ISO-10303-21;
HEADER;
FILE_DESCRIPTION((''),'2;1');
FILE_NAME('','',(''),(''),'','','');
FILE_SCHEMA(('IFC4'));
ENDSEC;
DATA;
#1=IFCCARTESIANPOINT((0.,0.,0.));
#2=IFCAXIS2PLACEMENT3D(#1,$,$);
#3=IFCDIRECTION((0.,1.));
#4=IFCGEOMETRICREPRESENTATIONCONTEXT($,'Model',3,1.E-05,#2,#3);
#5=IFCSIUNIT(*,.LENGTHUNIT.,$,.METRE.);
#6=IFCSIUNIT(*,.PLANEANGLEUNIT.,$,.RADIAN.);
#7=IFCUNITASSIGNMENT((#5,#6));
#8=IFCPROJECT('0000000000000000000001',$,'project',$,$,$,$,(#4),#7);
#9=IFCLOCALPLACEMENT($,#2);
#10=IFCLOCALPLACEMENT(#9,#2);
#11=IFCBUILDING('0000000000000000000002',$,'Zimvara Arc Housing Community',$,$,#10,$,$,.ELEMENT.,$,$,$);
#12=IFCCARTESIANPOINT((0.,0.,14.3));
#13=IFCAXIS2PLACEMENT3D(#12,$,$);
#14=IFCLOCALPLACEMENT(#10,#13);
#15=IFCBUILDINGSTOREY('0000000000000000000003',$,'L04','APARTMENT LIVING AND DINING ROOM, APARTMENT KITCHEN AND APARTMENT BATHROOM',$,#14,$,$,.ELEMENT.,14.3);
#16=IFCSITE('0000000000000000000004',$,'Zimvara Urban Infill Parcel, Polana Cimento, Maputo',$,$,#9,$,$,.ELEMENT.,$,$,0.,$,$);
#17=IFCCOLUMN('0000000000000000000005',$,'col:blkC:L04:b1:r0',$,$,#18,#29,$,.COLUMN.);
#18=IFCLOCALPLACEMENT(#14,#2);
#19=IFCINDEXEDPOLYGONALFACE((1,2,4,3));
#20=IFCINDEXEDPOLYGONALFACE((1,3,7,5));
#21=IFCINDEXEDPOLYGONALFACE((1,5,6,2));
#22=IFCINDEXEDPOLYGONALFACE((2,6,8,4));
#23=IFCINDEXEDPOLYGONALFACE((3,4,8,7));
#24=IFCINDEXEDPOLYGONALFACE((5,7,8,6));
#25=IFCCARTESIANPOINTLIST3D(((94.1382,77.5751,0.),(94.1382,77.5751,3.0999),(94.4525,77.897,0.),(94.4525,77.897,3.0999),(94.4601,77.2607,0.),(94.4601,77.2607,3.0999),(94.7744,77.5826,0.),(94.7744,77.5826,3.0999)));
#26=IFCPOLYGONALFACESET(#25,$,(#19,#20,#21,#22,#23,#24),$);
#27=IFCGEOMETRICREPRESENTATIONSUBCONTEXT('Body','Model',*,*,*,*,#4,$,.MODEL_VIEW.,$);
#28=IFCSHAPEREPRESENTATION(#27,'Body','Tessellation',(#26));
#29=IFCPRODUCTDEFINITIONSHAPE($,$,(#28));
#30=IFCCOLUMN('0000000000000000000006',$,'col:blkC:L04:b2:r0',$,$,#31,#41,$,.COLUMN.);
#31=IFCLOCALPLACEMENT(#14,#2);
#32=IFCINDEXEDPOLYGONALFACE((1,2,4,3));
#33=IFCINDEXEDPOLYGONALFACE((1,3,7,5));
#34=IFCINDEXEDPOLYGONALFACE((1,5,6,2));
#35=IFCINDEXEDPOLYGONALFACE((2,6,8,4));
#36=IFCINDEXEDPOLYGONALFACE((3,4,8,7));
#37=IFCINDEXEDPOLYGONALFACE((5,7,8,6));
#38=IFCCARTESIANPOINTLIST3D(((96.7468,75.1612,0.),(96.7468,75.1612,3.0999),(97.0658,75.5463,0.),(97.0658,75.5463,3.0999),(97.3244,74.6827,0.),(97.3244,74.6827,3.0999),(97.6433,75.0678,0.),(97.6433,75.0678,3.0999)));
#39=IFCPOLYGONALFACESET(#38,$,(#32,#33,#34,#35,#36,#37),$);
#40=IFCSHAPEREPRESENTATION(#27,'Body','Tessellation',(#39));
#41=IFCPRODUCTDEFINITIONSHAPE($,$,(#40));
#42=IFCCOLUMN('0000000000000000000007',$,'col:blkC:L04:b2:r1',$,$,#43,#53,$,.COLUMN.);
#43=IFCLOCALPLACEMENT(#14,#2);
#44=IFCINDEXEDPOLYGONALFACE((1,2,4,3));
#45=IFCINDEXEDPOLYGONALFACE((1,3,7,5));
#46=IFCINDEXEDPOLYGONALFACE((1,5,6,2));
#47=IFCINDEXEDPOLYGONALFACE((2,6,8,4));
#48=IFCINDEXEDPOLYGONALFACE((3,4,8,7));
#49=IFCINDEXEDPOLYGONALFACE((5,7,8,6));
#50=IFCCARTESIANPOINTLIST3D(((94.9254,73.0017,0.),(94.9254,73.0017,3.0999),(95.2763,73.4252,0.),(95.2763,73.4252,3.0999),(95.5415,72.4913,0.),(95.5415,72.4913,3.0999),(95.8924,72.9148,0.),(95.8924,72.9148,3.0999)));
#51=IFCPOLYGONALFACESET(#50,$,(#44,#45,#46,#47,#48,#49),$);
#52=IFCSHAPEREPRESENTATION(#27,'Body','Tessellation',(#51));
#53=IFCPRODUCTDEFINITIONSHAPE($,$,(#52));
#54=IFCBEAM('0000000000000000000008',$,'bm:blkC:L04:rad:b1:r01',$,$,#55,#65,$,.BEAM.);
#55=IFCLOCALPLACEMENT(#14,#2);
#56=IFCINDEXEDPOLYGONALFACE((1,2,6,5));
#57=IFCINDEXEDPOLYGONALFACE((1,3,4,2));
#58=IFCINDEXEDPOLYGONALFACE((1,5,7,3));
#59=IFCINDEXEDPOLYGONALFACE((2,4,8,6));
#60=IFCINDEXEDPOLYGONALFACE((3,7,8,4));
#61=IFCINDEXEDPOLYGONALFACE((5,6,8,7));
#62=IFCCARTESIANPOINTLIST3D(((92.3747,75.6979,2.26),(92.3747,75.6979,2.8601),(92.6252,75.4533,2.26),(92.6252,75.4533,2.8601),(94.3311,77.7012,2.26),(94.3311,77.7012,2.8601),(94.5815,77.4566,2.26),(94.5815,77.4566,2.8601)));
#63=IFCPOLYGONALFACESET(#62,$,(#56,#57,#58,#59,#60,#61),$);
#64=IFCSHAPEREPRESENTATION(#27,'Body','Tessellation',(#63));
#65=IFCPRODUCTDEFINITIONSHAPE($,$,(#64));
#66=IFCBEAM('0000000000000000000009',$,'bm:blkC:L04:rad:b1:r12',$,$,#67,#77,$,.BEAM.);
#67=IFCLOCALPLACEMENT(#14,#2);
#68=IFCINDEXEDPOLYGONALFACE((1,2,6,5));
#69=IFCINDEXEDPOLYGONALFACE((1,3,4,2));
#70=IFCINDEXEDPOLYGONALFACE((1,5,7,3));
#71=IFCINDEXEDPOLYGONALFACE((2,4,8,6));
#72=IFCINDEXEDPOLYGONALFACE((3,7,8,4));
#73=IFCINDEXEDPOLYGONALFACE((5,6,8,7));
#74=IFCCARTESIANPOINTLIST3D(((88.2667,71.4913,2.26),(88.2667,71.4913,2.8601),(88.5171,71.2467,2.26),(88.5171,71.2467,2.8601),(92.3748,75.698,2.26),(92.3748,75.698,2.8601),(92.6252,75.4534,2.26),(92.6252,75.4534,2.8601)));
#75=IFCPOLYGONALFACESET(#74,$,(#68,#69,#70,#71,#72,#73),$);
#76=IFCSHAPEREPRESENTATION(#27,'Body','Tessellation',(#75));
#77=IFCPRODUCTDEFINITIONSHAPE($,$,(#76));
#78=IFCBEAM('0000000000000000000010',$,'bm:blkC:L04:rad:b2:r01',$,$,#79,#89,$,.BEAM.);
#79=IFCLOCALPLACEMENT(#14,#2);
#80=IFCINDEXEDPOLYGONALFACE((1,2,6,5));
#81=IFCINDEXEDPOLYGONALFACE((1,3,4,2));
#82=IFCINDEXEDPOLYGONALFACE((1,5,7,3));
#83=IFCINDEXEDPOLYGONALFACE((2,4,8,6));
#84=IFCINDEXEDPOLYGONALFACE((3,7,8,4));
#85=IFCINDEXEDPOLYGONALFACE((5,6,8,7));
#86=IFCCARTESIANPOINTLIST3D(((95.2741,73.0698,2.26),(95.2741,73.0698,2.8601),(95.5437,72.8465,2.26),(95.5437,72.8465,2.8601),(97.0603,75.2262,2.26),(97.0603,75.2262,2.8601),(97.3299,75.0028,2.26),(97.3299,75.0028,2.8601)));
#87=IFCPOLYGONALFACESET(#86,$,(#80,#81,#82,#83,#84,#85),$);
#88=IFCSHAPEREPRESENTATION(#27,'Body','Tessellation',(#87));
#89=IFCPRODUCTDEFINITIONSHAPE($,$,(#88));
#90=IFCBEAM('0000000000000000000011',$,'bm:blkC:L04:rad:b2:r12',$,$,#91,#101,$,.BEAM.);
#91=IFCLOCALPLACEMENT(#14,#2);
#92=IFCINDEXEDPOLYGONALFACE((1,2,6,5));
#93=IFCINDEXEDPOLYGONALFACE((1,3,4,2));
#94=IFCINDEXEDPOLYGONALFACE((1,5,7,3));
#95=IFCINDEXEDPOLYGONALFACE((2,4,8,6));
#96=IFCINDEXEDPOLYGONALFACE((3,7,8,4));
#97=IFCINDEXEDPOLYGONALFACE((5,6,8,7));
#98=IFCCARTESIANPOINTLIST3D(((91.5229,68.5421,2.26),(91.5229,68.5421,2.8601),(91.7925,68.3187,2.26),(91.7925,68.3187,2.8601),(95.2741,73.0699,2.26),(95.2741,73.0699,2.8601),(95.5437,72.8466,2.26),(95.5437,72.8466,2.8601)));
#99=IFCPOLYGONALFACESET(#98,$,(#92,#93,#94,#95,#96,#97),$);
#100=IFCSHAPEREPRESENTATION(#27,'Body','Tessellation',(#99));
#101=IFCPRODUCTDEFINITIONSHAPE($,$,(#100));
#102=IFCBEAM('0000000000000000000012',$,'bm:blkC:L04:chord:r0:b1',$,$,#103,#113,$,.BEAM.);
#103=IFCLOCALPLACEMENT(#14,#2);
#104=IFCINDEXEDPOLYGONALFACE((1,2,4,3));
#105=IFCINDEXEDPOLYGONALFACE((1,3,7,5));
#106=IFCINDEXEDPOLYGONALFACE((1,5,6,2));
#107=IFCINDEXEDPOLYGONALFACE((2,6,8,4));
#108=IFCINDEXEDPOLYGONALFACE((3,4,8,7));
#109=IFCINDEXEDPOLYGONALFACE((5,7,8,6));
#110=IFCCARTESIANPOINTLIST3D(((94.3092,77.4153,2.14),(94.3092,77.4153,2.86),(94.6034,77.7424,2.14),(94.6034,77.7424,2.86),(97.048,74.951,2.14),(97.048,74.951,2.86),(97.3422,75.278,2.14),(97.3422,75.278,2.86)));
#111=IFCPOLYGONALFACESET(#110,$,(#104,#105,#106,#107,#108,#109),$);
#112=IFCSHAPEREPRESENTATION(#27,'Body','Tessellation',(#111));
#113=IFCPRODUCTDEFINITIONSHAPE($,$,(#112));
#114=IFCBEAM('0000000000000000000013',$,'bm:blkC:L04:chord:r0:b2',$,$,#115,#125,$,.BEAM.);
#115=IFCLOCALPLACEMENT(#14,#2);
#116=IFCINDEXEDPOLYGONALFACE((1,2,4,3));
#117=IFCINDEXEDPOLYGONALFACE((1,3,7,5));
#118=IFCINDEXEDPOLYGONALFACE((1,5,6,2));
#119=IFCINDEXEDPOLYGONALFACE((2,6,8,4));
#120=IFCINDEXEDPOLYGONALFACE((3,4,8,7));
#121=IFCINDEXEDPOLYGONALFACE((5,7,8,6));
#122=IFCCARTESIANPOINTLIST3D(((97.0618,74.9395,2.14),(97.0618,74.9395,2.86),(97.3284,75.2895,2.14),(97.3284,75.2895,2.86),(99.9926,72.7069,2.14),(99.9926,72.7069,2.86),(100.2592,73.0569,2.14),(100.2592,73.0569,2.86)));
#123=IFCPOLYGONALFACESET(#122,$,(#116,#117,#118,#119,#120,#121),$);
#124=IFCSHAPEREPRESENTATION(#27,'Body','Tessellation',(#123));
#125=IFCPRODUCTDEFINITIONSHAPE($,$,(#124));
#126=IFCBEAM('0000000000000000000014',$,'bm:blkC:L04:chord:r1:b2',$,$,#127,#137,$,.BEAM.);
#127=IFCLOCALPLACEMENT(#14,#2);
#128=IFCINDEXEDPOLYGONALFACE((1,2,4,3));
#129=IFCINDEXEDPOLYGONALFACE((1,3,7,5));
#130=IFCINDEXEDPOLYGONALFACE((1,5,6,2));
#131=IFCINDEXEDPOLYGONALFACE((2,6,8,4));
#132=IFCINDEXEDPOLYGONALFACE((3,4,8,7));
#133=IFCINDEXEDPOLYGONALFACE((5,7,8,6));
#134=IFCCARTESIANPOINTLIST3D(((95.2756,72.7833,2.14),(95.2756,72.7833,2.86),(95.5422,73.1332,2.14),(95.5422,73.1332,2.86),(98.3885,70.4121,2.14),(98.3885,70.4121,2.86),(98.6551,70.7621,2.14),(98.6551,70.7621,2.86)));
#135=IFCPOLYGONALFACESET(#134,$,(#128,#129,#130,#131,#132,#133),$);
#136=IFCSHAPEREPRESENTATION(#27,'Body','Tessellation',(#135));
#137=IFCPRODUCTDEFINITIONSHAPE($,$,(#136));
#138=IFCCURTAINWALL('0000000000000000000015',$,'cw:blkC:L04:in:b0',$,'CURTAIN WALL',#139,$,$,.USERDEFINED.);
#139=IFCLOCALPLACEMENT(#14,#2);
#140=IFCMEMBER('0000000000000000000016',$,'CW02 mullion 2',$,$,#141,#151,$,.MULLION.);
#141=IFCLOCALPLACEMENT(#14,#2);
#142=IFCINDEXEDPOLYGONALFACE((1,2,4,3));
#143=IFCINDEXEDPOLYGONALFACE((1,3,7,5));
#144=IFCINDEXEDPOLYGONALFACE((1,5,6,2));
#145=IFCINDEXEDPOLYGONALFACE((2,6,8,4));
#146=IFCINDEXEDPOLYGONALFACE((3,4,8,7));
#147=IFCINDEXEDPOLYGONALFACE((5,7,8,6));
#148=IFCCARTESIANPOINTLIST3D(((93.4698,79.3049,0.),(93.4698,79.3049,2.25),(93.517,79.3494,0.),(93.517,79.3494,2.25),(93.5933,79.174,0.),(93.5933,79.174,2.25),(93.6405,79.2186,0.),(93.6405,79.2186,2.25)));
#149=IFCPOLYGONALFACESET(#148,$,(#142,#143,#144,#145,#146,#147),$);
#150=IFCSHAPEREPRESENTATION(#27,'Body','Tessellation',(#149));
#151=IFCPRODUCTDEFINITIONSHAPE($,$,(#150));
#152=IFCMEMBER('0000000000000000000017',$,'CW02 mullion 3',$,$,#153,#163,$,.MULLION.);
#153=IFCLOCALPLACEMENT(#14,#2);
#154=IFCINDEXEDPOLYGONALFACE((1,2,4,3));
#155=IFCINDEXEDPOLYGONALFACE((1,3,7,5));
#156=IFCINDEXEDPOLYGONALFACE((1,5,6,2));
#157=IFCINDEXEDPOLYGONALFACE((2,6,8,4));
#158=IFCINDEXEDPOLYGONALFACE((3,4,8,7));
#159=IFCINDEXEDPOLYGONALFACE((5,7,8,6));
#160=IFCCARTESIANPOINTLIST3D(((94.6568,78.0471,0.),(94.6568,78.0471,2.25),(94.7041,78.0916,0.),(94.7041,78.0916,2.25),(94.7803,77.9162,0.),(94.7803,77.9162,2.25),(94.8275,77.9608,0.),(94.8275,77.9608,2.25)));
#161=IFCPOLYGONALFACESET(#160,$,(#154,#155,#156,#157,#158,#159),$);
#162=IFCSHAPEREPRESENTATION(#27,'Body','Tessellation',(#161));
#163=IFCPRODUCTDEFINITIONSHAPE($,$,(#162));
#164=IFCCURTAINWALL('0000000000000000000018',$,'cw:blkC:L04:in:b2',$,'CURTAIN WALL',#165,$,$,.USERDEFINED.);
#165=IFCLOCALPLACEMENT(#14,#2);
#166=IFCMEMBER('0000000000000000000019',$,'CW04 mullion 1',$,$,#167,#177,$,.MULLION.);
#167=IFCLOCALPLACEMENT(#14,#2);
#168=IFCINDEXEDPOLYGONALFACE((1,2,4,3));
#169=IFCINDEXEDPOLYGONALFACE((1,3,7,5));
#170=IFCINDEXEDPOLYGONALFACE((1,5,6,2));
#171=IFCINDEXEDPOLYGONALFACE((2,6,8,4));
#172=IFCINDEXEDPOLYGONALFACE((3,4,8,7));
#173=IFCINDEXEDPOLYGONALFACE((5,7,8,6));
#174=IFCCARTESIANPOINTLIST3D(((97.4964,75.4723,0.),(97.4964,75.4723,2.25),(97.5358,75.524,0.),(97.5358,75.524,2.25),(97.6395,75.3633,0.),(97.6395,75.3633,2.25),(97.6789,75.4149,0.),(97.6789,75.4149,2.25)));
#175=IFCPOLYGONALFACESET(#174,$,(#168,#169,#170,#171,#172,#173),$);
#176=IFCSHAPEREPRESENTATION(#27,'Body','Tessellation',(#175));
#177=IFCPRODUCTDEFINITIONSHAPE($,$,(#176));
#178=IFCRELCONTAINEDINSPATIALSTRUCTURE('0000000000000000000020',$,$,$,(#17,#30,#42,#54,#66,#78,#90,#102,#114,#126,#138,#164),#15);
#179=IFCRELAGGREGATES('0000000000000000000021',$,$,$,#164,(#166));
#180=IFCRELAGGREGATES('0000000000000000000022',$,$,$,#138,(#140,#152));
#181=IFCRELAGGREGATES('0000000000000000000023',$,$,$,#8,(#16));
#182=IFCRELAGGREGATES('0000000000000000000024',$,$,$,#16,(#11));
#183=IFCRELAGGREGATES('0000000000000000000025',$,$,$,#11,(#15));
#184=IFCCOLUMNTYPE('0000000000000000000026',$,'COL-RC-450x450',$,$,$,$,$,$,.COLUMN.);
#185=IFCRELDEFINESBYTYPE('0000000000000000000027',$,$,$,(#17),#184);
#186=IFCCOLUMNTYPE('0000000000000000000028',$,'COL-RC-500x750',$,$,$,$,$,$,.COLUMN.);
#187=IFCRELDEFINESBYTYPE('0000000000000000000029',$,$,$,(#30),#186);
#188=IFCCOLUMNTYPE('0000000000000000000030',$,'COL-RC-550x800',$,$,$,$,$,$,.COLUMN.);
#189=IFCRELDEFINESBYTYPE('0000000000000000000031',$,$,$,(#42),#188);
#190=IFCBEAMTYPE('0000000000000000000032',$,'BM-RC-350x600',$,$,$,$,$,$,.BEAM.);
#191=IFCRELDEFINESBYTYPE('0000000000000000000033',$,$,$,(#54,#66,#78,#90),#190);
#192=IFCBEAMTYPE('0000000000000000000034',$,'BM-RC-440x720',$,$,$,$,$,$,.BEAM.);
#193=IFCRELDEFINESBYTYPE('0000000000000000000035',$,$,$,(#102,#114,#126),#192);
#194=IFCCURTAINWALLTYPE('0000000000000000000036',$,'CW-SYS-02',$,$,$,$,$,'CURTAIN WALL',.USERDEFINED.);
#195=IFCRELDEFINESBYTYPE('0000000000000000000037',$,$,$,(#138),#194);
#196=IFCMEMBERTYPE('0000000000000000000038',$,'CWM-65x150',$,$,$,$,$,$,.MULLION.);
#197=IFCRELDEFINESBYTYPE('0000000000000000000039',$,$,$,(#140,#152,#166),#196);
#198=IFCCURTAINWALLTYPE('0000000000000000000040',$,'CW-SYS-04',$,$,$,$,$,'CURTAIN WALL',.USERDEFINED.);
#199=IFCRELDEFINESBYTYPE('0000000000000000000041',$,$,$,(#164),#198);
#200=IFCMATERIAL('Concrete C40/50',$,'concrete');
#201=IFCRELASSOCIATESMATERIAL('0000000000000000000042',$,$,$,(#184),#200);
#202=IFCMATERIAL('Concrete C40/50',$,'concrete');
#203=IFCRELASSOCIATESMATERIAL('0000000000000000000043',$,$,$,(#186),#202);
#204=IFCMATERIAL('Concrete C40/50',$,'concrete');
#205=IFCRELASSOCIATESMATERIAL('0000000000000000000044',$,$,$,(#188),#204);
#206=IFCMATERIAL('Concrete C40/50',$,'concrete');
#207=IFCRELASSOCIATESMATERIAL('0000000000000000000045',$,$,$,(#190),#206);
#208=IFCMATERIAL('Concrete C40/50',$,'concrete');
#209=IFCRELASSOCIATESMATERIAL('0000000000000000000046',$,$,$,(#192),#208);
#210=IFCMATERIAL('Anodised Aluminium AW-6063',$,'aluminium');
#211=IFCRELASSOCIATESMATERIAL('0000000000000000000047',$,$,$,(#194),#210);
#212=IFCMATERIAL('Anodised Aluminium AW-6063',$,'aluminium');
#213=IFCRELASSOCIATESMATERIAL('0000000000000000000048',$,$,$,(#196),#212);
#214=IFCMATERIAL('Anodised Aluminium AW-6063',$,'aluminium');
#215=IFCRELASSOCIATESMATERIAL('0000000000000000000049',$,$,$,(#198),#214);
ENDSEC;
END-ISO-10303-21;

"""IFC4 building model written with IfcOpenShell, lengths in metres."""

from ifc_helpers import new_model, si_unit, direction, frame, origin, origin_2d, place, context, subcontext, project, spatial, rectangle, extrude, material, material_profile, profile_set, type_object, element, aggregate, save


model = new_model("IFC4")

# Units and contexts
model_context = context("Model", 3, precision=1e-05, world=origin(), true_north=direction((0.0, 1.0)))
body_context = subcontext(model_context, "Body", "Model", "MODEL_VIEW")
ifc_project = project(units=[si_unit("LENGTHUNIT", "METRE"), si_unit("PLANEANGLEUNIT", "RADIAN")], contexts=[model_context])

# Site, building, storey
site_placement = place(None, origin())
site = spatial("IfcSite", under=ifc_project, at=site_placement, Name="Zimvara Urban Infill Parcel, Polana Cimento, Maputo", CompositionType="ELEMENT", RefElevation=0.0)
building_placement = place(site_placement, origin())
building = spatial("IfcBuilding", under=site, at=building_placement, Name="Zimvara Arc Housing Community", CompositionType="ELEMENT")
storey_placement = place(building_placement, frame((0.0, 0.0, 14.3)))
storey = spatial("IfcBuildingStorey", under=building, at=storey_placement, Name="L04", Description="APARTMENT LIVING AND DINING ROOM, APARTMENT KITCHEN AND APARTMENT BATHROOM", CompositionType="ELEMENT", Elevation=14.3)

# Columns
ifc_material_1 = material(Name="Concrete C40/50", Category="concrete")
ifc_material_profile_1 = material_profile(ifc_material_1, rectangle(XDim=0.45, YDim=0.45, at=origin_2d()), Name="RC 450x450")
ifc_profile_set_1 = profile_set([ifc_material_profile_1], Name="Concrete C40/50")
column_type_1 = type_object("IfcColumnType", Name="COL-RC-450x450", PredefinedType="COLUMN", material=ifc_profile_set_1)
column_1_placement = place(storey_placement, frame((94.4563, 77.5789, 0.0), z_axis=(0.0, 0.0, 1.0), x_axis=(-0.698665, -0.715449, 0.0)))
element("IfcColumn", 1, at=column_1_placement, inside=storey, type_object=column_type_1, Name="col:blkC:L04:b1:r0", PredefinedType="COLUMN", context=body_context, shape_type="SweptSolid", body=[
    extrude(rectangle(XDim=0.45, YDim=0.45, at=origin_2d()), origin(), (0.0, 0.0, 1.0), 3.0999),
])
ifc_material_2 = material(Name="Concrete C40/50", Category="concrete")
ifc_material_profile_2 = material_profile(ifc_material_2, rectangle(XDim=0.5, YDim=0.75, at=origin_2d()), Name="RC 500x750")
ifc_profile_set_2 = profile_set([ifc_material_profile_2], Name="Concrete C40/50")
column_type_2 = type_object("IfcColumnType", Name="COL-RC-500x750", PredefinedType="COLUMN", material=ifc_profile_set_2)
column_2_placement = place(storey_placement, frame((97.1951, 75.1145, 0.0), z_axis=(0.0, 0.0, 1.0), x_axis=(-0.637962, -0.770068, 0.0)))
element("IfcColumn", 2, at=column_2_placement, inside=storey, type_object=column_type_2, Name="col:blkC:L04:b2:r0", PredefinedType="COLUMN", context=body_context, shape_type="SweptSolid", body=[
    extrude(rectangle(XDim=0.5, YDim=0.75, at=origin_2d()), origin(), (0.0, 0.0, 1.0), 3.0999),
])
ifc_material_3 = material(Name="Concrete C40/50", Category="concrete")
ifc_material_profile_3 = material_profile(ifc_material_3, rectangle(XDim=0.55, YDim=0.8, at=origin_2d()), Name="RC 550x800")
ifc_profile_set_3 = profile_set([ifc_material_profile_3], Name="Concrete C40/50")
column_type_3 = type_object("IfcColumnType", Name="COL-RC-550x800", PredefinedType="COLUMN", material=ifc_profile_set_3)
column_3_placement = place(storey_placement, frame((95.4089, 72.9583, 0.0), z_axis=(0.0, 0.0, 1.0), x_axis=(-0.637962, -0.770068, 0.0)))
element("IfcColumn", 3, at=column_3_placement, inside=storey, type_object=column_type_3, Name="col:blkC:L04:b2:r1", PredefinedType="COLUMN", context=body_context, shape_type="SweptSolid", body=[
    extrude(rectangle(XDim=0.55, YDim=0.8, at=origin_2d()), origin(), (0.0, 0.0, 1.0), 3.0999),
])

# Beams
ifc_material_4 = material(Name="Concrete C40/50", Category="concrete")
ifc_material_profile_4 = material_profile(ifc_material_4, rectangle(XDim=0.3501, YDim=0.6001, at=origin_2d()), Name="RC 350x600")
ifc_profile_set_4 = profile_set([ifc_material_profile_4], Name="Concrete C40/50")
beam_type_1 = type_object("IfcBeamType", Name="BM-RC-350x600", PredefinedType="BEAM", material=ifc_profile_set_4)
beam_1_placement = place(storey_placement, frame((94.4563, 77.5789, 2.5601), z_axis=(-0.698687, -0.715428, 0.0), x_axis=(0.715428, -0.698687, 0.0)))
element("IfcBeam", 4, at=beam_1_placement, inside=storey, type_object=beam_type_1, Name="bm:blkC:L04:rad:b1:r01", PredefinedType="BEAM", context=body_context, shape_type="SweptSolid", body=[
    extrude(rectangle(XDim=0.3501, YDim=0.6001, at=origin_2d()), origin(), (0.0, 0.0, 1.0), 2.8),
])
beam_2_placement = place(storey_placement, frame((92.5, 75.5757, 2.5601), z_axis=(-0.69867, -0.715444, 0.0), x_axis=(0.715444, -0.69867, 0.0)))
element("IfcBeam", 5, at=beam_2_placement, inside=storey, type_object=beam_type_1, Name="bm:blkC:L04:rad:b1:r12", PredefinedType="BEAM", context=body_context, shape_type="SweptSolid", body=[
    extrude(rectangle(XDim=0.3501, YDim=0.6001, at=origin_2d()), origin(), (0.0, 0.0, 1.0), 5.8799),
])
beam_3_placement = place(storey_placement, frame((97.1951, 75.1145, 2.5601), z_axis=(-0.637917, -0.770105, 0.0), x_axis=(0.770105, -0.637917, 0.0)))
element("IfcBeam", 6, at=beam_3_placement, inside=storey, type_object=beam_type_1, Name="bm:blkC:L04:rad:b2:r01", PredefinedType="BEAM", context=body_context, shape_type="SweptSolid", body=[
    extrude(rectangle(XDim=0.3501, YDim=0.6001, at=origin_2d()), origin(), (0.0, 0.0, 1.0), 2.8),
])
beam_4_placement = place(storey_placement, frame((95.4089, 72.9583, 2.5601), z_axis=(-0.637976, -0.770056, 0.0), x_axis=(0.770056, -0.637976, 0.0)))
element("IfcBeam", 7, at=beam_4_placement, inside=storey, type_object=beam_type_1, Name="bm:blkC:L04:rad:b2:r12", PredefinedType="BEAM", context=body_context, shape_type="SweptSolid", body=[
    extrude(rectangle(XDim=0.3501, YDim=0.6001, at=origin_2d()), origin(), (0.0, 0.0, 1.0), 5.8799),
])
ifc_material_5 = material(Name="Concrete C40/50", Category="concrete")
ifc_material_profile_5 = material_profile(ifc_material_5, rectangle(XDim=0.4399, YDim=0.72, at=origin_2d()), Name="RC 440x720")
ifc_profile_set_5 = profile_set([ifc_material_profile_5], Name="Concrete C40/50")
beam_type_2 = type_object("IfcBeamType", Name="BM-RC-440x720", PredefinedType="BEAM", material=ifc_profile_set_5)
for number, where, z_axis, x_axis, name in (
    (8, (94.4563, 77.5789, 2.5), (0.743367, -0.668884, 0.0), (0.668884, 0.743367, 0.0), "bm:blkC:L04:chord:r0:b1"),
    (9, (97.1951, 75.1145, 2.5), (0.795485, -0.605973, 0.0), (0.605973, 0.795485, 0.0), "bm:blkC:L04:chord:r0:b2"),
):
    element("IfcBeam", number, at=place(storey_placement, frame(where, z_axis=z_axis, x_axis=x_axis)), inside=storey, type_object=beam_type_2, Name=name, PredefinedType="BEAM", context=body_context, shape_type="SweptSolid", body=[
        extrude(rectangle(XDim=0.4399, YDim=0.72, at=origin_2d()), origin(), (0.0, 0.0, 1.0), 3.6843),
    ])
beam_5_placement = place(storey_placement, frame((95.4089, 72.9583, 2.5), z_axis=(0.7955, -0.605953, 0.0), x_axis=(0.605953, 0.7955, 0.0)))
element("IfcBeam", 10, at=beam_5_placement, inside=storey, type_object=beam_type_2, Name="bm:blkC:L04:chord:r1:b2", PredefinedType="BEAM", context=body_context, shape_type="SweptSolid", body=[
    extrude(rectangle(XDim=0.4399, YDim=0.72, at=origin_2d()), origin(), (0.0, 0.0, 1.0), 3.9131),
])

# Curtain wall, members
ifc_material_6 = material(Name="Anodised Aluminium AW-6063", Category="aluminium")
curtain_wall_type_1 = type_object("IfcCurtainWallType", Name="CW-SYS-02", ElementType="CURTAIN WALL", PredefinedType="USERDEFINED", material=ifc_material_6)
curtain_wall_1_placement = place(storey_placement, origin())
curtain_wall_1 = element("IfcCurtainWall", 11, at=curtain_wall_1_placement, inside=storey, type_object=curtain_wall_type_1, Name="cw:blkC:L04:in:b0", ObjectType="CURTAIN WALL", PredefinedType="USERDEFINED")
ifc_material_7 = material(Name="Anodised Aluminium AW-6063", Category="aluminium")
ifc_material_profile_6 = material_profile(ifc_material_7, rectangle(XDim=0.0649, YDim=0.1799, at=origin_2d()), Name="ALU 65x180")
ifc_profile_set_6 = profile_set([ifc_material_profile_6], Name="Anodised Aluminium AW-6063")
member_type_1 = type_object("IfcMemberType", Name="CWM-65x150", PredefinedType="MULLION", material=ifc_profile_set_6)
member_1_placement = place(storey_placement, frame((93.5552, 79.2617, 0.0), z_axis=(0.0, 0.0, 1.0), x_axis=(0.727293, 0.686327, 0.0)))
member_1 = element("IfcMember", 12, at=member_1_placement, type_object=member_type_1, Name="CW02 mullion 2", PredefinedType="MULLION", context=body_context, shape_type="SweptSolid", body=[
    extrude(rectangle(XDim=0.0649, YDim=0.1799, at=origin_2d()), origin(), (0.0, 0.0, 1.0), 2.25),
])
member_2_placement = place(storey_placement, frame((94.7422, 78.0039, 0.0), z_axis=(0.0, 0.0, 1.0), x_axis=(0.727293, 0.686327, 0.0)))
member_2 = element("IfcMember", 13, at=member_2_placement, type_object=member_type_1, Name="CW02 mullion 3", PredefinedType="MULLION", context=body_context, shape_type="SweptSolid", body=[
    extrude(rectangle(XDim=0.0649, YDim=0.1799, at=origin_2d()), origin(), (0.0, 0.0, 1.0), 2.25),
])

# Curtain wall, member
ifc_material_8 = material(Name="Anodised Aluminium AW-6063", Category="aluminium")
curtain_wall_type_2 = type_object("IfcCurtainWallType", Name="CW-SYS-04", ElementType="CURTAIN WALL", PredefinedType="USERDEFINED", material=ifc_material_8)
curtain_wall_2_placement = place(storey_placement, origin())
curtain_wall_2 = element("IfcCurtainWall", 14, at=curtain_wall_2_placement, inside=storey, type_object=curtain_wall_type_2, Name="cw:blkC:L04:in:b2", ObjectType="CURTAIN WALL", PredefinedType="USERDEFINED")
member_3_placement = place(storey_placement, frame((97.5876, 75.4436, 0.0), z_axis=(0.0, 0.0, 1.0), x_axis=(0.605988, 0.795474, 0.0)))
member_3 = element("IfcMember", 15, at=member_3_placement, type_object=member_type_1, Name="CW04 mullion 1", PredefinedType="MULLION", context=body_context, shape_type="SweptSolid", body=[
    extrude(rectangle(XDim=0.0649, YDim=0.1799, at=origin_2d()), origin(), (0.0, 0.0, 1.0), 2.25),
])

aggregate(curtain_wall_2, [member_3])

aggregate(curtain_wall_1, [member_1, member_2])

save(model, "model.ifc")
